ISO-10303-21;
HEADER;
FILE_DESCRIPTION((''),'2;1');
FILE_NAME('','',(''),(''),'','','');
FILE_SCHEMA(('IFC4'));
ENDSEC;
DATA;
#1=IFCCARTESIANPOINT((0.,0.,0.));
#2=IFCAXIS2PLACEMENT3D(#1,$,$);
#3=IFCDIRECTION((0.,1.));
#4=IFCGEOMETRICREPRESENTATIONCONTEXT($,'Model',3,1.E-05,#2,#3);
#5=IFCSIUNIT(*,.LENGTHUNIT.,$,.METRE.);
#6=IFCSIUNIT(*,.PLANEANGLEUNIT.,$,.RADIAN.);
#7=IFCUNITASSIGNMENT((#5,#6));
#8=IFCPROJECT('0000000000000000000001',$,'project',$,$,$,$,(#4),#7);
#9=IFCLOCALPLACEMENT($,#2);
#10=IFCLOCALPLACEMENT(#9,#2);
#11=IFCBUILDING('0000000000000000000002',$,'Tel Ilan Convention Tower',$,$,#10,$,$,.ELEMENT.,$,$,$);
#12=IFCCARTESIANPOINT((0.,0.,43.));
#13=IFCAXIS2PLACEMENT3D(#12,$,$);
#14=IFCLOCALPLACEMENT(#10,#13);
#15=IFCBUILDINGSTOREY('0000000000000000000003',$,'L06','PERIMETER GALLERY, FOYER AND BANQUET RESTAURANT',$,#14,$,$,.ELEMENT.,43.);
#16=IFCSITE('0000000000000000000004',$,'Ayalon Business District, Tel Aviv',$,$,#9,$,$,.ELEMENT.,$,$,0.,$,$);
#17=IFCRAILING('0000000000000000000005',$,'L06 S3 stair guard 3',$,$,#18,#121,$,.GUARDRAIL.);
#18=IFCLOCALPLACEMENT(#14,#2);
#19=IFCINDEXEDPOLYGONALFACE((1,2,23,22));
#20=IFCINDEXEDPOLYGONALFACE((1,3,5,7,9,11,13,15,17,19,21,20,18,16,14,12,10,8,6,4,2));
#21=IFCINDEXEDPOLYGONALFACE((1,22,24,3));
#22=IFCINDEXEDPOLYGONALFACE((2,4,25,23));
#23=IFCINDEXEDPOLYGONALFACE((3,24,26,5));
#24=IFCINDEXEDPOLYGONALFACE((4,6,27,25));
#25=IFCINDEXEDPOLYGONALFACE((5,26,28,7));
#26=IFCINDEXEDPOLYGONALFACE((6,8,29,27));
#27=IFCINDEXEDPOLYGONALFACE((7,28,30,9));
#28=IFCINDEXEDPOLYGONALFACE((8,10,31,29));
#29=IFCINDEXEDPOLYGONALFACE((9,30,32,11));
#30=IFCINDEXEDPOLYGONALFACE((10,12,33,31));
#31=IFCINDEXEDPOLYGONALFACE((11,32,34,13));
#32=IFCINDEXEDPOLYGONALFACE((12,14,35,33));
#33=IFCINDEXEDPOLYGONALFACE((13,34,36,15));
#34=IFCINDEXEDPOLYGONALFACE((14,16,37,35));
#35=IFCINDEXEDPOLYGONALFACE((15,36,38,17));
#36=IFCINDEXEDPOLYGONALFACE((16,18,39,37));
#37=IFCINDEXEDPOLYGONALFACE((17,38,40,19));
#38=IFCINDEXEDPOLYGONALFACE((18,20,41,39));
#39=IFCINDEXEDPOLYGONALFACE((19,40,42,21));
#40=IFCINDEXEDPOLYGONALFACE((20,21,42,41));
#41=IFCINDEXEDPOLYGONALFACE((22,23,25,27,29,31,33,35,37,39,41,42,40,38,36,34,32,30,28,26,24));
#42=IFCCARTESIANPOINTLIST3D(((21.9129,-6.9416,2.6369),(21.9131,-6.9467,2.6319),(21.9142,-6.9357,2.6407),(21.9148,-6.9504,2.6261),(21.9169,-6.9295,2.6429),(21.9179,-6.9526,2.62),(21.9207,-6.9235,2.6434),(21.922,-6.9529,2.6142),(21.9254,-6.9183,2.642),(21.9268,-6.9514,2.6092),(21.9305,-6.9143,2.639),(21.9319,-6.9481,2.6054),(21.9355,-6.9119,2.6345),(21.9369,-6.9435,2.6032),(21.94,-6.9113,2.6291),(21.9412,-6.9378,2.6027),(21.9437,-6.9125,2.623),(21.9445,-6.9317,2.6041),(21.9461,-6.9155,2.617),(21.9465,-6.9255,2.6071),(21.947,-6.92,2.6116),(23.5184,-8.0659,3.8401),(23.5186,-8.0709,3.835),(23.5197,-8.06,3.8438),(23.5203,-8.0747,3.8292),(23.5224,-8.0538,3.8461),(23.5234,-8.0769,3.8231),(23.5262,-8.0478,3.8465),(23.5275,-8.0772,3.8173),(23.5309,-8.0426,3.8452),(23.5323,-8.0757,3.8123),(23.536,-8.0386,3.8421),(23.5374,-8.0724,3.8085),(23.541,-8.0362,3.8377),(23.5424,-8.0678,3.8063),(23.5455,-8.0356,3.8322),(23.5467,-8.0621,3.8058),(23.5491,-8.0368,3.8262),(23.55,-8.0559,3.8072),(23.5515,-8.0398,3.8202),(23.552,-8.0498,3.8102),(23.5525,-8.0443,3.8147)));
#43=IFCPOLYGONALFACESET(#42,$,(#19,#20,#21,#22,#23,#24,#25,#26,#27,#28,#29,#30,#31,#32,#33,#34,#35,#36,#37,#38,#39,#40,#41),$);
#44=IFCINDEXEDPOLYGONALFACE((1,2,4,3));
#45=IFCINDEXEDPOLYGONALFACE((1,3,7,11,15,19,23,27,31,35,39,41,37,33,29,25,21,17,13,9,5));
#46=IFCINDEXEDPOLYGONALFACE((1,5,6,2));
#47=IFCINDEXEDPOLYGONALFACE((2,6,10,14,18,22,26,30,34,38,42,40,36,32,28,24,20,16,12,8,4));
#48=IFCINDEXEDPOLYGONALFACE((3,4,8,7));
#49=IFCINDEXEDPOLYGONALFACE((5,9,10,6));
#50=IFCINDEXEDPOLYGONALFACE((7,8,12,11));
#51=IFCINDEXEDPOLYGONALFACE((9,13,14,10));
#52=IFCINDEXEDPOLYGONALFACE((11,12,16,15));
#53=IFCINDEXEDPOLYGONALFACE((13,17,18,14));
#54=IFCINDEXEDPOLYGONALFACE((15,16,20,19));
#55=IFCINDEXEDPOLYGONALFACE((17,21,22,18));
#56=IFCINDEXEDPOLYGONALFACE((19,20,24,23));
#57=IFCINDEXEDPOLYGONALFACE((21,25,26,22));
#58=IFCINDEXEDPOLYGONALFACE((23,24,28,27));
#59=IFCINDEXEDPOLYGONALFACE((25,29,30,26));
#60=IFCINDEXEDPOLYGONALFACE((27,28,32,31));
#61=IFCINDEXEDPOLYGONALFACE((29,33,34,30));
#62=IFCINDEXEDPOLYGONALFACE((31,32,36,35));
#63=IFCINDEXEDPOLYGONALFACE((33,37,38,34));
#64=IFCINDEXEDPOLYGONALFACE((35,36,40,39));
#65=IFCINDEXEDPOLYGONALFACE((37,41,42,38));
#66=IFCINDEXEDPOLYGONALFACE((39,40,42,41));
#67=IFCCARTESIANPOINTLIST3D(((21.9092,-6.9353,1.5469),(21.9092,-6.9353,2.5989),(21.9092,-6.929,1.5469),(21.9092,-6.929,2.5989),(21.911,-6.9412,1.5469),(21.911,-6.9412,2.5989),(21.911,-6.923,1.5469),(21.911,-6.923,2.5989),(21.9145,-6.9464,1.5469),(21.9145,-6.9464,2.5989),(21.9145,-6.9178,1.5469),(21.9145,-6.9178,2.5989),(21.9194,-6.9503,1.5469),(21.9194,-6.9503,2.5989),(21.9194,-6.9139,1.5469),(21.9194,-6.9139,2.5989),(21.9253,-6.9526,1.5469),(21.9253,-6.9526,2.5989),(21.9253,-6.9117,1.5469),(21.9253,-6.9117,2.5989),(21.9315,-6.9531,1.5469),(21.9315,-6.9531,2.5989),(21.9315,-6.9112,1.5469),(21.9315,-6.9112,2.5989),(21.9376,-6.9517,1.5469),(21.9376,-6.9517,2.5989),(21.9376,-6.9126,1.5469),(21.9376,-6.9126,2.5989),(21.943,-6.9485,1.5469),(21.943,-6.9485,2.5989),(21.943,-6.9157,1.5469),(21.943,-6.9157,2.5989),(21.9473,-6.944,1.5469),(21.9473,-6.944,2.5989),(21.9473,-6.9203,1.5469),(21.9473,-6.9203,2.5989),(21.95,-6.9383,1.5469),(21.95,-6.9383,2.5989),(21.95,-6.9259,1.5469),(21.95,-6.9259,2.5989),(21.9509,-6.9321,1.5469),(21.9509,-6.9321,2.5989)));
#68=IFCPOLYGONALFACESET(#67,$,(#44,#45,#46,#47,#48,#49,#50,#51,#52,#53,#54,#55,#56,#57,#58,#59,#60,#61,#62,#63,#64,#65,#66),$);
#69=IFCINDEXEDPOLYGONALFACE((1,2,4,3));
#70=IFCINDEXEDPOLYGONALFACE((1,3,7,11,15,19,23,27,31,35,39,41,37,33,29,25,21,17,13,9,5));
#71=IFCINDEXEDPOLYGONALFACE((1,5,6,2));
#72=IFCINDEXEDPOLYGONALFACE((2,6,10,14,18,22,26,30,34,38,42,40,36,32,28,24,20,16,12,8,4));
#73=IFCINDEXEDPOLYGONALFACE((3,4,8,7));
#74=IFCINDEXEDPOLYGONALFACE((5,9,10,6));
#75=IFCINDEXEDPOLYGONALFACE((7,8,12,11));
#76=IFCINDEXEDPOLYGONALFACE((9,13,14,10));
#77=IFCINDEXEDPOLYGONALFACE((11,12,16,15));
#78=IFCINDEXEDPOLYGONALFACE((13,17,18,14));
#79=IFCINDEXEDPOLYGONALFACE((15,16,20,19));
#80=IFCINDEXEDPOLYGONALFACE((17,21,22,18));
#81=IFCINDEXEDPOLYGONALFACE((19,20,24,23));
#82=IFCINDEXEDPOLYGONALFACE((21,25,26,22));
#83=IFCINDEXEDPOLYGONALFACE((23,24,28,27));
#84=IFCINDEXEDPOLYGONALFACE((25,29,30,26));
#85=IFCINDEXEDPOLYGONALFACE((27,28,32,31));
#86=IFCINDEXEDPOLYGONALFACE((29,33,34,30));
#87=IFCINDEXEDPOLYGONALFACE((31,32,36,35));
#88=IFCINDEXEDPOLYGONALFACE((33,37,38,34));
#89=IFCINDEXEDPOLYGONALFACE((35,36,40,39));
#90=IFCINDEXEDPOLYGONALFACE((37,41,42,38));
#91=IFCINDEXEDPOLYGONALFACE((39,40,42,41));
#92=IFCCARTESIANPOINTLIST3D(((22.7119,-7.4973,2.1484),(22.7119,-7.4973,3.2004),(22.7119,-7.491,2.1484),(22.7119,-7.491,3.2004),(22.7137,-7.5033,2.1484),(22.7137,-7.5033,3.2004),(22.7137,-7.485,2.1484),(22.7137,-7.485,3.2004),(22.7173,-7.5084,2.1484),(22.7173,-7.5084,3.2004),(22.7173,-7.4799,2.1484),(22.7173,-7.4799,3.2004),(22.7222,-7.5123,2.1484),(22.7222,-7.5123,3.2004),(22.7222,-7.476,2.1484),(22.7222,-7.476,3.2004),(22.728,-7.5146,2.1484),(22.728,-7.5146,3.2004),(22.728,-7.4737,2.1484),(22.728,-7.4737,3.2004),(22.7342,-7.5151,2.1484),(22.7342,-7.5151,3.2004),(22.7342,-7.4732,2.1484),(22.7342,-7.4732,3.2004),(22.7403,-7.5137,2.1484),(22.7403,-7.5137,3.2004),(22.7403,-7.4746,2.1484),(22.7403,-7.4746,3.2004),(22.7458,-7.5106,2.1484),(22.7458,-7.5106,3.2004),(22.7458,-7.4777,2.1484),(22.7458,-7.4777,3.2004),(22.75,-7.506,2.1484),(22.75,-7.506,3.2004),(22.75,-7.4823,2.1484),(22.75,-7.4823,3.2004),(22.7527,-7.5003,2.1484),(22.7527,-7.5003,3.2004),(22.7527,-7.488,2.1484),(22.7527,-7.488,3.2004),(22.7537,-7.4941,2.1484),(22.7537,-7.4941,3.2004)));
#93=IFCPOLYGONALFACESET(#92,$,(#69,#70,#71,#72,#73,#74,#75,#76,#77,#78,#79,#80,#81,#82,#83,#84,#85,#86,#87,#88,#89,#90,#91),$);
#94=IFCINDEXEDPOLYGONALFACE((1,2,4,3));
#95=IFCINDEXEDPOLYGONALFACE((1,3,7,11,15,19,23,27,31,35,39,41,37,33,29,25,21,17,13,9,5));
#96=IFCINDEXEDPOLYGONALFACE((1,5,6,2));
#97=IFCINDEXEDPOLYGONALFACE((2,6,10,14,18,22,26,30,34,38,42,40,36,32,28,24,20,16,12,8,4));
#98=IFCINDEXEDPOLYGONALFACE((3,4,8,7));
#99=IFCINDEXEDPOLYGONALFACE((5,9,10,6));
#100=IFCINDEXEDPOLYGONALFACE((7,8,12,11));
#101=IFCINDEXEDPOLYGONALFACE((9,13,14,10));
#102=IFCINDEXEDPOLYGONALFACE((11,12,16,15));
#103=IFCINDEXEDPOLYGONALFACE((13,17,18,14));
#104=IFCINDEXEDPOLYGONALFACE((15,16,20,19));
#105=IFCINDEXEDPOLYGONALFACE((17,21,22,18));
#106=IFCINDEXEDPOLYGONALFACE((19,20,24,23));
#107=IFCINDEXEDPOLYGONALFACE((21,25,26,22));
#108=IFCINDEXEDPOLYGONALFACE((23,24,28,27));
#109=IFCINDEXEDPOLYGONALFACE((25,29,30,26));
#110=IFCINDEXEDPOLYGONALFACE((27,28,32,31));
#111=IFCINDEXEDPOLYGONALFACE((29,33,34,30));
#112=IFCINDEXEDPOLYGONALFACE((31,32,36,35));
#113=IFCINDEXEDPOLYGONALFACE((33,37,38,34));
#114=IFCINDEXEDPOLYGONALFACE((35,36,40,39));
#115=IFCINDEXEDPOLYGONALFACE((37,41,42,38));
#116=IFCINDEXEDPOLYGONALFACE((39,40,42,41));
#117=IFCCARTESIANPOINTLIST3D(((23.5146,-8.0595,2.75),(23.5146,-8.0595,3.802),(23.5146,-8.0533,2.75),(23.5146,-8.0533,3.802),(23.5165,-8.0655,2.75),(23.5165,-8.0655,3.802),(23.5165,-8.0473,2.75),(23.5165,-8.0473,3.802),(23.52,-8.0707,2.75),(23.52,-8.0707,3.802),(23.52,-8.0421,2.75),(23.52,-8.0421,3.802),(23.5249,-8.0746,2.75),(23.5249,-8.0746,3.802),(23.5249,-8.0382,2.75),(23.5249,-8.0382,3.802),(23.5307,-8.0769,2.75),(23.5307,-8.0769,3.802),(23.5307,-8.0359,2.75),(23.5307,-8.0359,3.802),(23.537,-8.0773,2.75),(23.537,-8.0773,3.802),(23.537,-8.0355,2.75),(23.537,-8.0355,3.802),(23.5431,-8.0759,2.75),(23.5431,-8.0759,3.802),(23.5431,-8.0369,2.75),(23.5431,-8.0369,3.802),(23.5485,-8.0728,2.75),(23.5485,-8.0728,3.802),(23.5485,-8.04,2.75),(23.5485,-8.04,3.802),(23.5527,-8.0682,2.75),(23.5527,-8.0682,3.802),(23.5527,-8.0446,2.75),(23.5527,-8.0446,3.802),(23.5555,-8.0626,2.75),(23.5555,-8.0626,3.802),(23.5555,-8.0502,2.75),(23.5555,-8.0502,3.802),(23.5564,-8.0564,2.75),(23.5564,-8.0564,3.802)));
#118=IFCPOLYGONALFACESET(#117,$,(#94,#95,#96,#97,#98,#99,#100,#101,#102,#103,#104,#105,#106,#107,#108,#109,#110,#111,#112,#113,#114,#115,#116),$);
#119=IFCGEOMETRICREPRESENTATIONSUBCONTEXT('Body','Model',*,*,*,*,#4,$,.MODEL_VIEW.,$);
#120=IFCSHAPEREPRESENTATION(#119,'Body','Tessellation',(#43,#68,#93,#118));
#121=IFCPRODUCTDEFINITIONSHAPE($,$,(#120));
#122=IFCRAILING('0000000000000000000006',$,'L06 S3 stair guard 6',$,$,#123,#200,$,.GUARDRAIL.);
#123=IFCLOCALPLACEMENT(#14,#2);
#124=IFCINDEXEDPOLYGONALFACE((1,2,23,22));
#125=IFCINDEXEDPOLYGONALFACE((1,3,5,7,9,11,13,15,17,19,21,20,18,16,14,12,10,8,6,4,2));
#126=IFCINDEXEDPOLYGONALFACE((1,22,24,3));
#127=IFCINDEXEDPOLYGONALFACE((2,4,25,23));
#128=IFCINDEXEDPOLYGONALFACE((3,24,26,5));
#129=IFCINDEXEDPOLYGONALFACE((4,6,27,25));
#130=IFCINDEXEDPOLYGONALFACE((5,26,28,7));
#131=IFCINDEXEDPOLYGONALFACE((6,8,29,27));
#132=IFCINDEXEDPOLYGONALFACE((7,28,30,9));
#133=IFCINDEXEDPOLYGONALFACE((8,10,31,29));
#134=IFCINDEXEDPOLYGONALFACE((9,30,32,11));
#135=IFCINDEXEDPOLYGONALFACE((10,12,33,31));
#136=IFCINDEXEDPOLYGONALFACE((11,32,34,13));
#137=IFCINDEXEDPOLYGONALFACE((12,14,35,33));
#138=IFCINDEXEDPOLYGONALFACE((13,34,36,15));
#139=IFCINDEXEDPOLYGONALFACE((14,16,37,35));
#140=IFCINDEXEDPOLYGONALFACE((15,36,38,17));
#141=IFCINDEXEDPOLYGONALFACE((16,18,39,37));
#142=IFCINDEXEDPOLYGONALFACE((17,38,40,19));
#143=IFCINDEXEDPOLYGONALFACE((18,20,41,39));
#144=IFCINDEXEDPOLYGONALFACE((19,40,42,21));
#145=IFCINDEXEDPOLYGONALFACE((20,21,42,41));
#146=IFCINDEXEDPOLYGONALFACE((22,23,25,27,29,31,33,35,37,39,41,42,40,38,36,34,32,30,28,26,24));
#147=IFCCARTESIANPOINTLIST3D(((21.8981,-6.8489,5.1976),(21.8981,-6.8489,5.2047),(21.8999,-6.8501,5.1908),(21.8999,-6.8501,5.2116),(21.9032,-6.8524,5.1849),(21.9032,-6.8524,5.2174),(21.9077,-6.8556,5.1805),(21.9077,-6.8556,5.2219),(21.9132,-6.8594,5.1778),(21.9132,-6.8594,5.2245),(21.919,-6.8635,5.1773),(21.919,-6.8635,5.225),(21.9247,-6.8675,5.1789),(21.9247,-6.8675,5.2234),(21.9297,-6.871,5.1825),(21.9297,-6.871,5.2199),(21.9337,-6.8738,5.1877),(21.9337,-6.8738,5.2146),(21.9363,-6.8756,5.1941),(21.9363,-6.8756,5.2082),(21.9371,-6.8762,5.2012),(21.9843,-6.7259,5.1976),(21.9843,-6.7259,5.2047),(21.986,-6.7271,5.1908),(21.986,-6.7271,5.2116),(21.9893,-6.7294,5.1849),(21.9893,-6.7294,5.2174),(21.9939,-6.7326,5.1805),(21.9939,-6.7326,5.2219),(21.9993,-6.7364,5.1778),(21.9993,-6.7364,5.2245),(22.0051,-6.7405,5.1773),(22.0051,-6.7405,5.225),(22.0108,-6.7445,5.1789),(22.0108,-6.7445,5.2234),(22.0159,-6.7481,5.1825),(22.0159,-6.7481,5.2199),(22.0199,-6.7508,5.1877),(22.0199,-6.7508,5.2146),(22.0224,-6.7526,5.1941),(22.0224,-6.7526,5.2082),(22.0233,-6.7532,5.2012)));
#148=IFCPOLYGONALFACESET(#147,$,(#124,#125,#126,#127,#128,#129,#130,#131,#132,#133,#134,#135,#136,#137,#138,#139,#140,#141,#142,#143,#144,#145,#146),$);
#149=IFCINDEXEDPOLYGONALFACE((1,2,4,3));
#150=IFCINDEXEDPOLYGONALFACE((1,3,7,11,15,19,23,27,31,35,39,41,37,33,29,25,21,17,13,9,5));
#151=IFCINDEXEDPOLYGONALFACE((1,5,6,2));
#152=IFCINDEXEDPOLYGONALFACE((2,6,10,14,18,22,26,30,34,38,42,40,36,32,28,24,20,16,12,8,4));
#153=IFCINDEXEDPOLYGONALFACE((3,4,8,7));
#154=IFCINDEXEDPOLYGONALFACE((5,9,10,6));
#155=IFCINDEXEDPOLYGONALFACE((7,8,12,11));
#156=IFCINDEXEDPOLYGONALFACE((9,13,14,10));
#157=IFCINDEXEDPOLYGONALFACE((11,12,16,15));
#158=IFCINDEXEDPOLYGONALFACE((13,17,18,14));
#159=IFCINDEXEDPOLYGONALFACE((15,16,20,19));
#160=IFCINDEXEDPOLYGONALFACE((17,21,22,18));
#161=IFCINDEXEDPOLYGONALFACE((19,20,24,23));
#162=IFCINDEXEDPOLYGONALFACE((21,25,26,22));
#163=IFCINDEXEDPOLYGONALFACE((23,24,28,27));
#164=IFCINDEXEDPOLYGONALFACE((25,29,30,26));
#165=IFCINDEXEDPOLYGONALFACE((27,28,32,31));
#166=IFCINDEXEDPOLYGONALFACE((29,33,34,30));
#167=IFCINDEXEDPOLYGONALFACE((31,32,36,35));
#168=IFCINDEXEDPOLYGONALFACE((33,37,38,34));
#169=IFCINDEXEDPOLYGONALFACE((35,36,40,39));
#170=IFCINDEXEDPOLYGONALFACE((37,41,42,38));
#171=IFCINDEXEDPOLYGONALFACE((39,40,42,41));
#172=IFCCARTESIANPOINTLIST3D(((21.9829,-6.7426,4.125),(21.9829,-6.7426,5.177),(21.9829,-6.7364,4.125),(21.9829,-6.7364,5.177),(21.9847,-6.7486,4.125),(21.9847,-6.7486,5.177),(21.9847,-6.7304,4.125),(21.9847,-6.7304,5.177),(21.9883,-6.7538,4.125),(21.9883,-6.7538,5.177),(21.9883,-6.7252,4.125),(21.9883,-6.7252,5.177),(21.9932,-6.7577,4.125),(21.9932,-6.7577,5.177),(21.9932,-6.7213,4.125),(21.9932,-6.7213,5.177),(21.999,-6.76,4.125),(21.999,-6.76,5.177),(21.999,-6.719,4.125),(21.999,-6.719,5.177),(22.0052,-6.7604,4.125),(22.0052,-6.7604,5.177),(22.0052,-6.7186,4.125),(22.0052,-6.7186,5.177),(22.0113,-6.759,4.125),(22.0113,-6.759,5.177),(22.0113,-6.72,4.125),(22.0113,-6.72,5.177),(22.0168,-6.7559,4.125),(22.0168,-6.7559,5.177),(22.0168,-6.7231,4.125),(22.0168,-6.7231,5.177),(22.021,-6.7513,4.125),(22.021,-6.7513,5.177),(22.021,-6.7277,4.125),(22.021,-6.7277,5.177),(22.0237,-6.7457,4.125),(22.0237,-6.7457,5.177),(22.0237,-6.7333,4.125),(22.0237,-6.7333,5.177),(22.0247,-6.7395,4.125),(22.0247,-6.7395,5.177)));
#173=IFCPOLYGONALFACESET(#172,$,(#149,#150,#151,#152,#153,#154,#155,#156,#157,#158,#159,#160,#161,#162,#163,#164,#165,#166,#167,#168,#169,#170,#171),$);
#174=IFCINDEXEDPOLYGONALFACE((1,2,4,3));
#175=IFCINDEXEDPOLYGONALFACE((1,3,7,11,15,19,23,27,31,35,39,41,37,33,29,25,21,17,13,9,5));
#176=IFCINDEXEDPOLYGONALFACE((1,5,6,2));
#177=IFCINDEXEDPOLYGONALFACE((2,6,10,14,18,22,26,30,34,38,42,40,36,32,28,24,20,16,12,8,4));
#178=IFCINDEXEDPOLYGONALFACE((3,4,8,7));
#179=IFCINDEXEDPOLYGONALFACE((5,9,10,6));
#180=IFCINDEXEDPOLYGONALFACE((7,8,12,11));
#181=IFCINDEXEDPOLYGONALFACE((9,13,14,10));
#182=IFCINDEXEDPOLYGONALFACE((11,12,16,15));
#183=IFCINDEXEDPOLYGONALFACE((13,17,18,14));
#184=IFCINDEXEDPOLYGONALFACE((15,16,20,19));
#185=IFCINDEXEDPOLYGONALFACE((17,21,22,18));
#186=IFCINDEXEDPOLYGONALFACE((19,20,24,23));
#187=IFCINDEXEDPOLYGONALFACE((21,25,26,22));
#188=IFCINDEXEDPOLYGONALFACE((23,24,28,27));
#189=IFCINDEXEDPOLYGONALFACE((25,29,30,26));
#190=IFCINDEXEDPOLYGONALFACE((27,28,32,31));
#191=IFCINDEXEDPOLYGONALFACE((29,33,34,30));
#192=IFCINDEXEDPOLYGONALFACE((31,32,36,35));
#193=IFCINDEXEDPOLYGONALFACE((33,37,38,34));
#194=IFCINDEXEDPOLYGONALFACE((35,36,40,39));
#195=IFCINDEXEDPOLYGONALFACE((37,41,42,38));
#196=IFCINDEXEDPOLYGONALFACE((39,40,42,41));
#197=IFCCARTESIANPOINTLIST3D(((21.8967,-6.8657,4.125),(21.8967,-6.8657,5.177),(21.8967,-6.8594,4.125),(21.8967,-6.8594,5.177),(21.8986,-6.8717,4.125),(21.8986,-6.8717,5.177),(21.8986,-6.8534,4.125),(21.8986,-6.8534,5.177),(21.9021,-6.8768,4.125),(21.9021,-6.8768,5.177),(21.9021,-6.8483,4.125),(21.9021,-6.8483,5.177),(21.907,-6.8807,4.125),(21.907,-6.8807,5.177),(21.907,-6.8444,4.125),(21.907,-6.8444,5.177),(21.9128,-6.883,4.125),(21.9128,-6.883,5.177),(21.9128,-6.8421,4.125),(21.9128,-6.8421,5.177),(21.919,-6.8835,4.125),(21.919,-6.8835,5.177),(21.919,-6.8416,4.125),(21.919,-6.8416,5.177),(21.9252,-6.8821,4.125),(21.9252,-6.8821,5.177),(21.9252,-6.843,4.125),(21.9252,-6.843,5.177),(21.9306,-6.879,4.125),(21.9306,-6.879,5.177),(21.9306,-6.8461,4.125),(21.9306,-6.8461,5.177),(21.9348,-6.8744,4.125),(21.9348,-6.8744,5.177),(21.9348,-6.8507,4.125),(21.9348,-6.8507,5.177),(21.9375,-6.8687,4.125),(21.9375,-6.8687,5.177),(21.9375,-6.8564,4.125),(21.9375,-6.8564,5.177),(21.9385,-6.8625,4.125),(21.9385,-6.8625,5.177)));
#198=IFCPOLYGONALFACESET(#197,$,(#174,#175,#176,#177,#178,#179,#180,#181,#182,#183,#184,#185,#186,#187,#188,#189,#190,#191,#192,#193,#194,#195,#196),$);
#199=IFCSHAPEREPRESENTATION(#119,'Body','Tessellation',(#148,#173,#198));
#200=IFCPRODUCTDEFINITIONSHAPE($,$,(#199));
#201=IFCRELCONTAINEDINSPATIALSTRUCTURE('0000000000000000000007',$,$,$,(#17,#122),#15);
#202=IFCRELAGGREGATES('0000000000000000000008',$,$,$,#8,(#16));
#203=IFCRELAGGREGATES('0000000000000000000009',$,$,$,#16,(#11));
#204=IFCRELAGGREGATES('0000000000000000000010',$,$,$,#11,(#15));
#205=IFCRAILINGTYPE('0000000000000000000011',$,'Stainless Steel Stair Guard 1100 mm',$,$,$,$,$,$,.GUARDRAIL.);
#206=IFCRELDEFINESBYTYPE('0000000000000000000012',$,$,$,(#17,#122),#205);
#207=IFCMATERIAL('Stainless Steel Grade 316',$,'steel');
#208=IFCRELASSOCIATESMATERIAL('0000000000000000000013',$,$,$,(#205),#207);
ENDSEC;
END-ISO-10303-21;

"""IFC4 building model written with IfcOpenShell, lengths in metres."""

from ifc_helpers import new_model, si_unit, direction, frame, origin, origin_2d, place, context, subcontext, project, spatial, circle, extrude, material, type_object, element, save


model = new_model("IFC4")

# Units and contexts
model_context = context("Model", 3, precision=1e-05, world=origin(), true_north=direction((0.0, 1.0)))
body_context = subcontext(model_context, "Body", "Model", "MODEL_VIEW")
ifc_project = project(units=[si_unit("LENGTHUNIT", "METRE"), si_unit("PLANEANGLEUNIT", "RADIAN")], contexts=[model_context])

# Site, building, storey
site_placement = place(None, origin())
site = spatial("IfcSite", under=ifc_project, at=site_placement, Name="Ayalon Business District, Tel Aviv", CompositionType="ELEMENT", RefElevation=0.0)
building_placement = place(site_placement, origin())
building = spatial("IfcBuilding", under=site, at=building_placement, Name="Tel Ilan Convention Tower", CompositionType="ELEMENT")
storey_placement = place(building_placement, frame((0.0, 0.0, 43.0)))
storey = spatial("IfcBuildingStorey", under=building, at=storey_placement, Name="L06", Description="PERIMETER GALLERY, FOYER AND BANQUET RESTAURANT", CompositionType="ELEMENT", Elevation=43.0)

# Railings
ifc_material_1 = material(Name="Stainless Steel Grade 316", Category="steel")
railing_type_1 = type_object("IfcRailingType", Name="Stainless Steel Stair Guard 1100 mm", PredefinedType="GUARDRAIL", material=ifc_material_1)
railing_1_placement = place(storey_placement, frame((21.9299, -6.9321, 1.5469)))
element("IfcRailing", 1, at=railing_1_placement, inside=storey, type_object=railing_type_1, Name="L06 S3 stair guard 3", PredefinedType="GUARDRAIL", context=body_context, shape_type="SweptSolid", body=[
    extrude(circle(Radius=0.0239, at=origin_2d()), frame((0.0, 0.0, 1.0762), z_axis=(0.698095, -0.488857, 0.523146), x_axis=(0.573613, 0.819127, 0.0)), (0.0, 0.0, 1.0), 2.2998),
    extrude(circle(Radius=0.021, at=origin_2d()), origin(), (0.0, 0.0, 1.0), 1.052),
    extrude(circle(Radius=0.021, at=origin_2d()), frame((0.8027, -0.562, 0.6016)), (0.0, 0.0, 1.0), 1.052),
    extrude(circle(Radius=0.021, at=origin_2d()), frame((1.6055, -1.1243, 1.2031)), (0.0, 0.0, 1.0), 1.052),
])
railing_2_placement = place(storey_placement, frame((22.0037, -6.7395, 4.125)))
element("IfcRailing", 2, at=railing_2_placement, inside=storey, type_object=railing_type_1, Name="L06 S3 stair guard 6", PredefinedType="GUARDRAIL", context=body_context, shape_type="SweptSolid", body=[
    extrude(circle(Radius=0.0239, at=origin_2d()), frame((0.0, 0.0, 1.0762), z_axis=(-0.57368, -0.819079, 0.0), x_axis=(0.819079, -0.57368, 0.0)), (0.0, 0.0, 1.0), 0.1501),
    extrude(circle(Radius=0.021, at=origin_2d()), origin(), (0.0, 0.0, 1.0), 1.052),
    extrude(circle(Radius=0.021, at=origin_2d()), frame((-0.0862, -0.123, 0.0)), (0.0, 0.0, 1.0), 1.052),
])

save(model, "model.ifc")
